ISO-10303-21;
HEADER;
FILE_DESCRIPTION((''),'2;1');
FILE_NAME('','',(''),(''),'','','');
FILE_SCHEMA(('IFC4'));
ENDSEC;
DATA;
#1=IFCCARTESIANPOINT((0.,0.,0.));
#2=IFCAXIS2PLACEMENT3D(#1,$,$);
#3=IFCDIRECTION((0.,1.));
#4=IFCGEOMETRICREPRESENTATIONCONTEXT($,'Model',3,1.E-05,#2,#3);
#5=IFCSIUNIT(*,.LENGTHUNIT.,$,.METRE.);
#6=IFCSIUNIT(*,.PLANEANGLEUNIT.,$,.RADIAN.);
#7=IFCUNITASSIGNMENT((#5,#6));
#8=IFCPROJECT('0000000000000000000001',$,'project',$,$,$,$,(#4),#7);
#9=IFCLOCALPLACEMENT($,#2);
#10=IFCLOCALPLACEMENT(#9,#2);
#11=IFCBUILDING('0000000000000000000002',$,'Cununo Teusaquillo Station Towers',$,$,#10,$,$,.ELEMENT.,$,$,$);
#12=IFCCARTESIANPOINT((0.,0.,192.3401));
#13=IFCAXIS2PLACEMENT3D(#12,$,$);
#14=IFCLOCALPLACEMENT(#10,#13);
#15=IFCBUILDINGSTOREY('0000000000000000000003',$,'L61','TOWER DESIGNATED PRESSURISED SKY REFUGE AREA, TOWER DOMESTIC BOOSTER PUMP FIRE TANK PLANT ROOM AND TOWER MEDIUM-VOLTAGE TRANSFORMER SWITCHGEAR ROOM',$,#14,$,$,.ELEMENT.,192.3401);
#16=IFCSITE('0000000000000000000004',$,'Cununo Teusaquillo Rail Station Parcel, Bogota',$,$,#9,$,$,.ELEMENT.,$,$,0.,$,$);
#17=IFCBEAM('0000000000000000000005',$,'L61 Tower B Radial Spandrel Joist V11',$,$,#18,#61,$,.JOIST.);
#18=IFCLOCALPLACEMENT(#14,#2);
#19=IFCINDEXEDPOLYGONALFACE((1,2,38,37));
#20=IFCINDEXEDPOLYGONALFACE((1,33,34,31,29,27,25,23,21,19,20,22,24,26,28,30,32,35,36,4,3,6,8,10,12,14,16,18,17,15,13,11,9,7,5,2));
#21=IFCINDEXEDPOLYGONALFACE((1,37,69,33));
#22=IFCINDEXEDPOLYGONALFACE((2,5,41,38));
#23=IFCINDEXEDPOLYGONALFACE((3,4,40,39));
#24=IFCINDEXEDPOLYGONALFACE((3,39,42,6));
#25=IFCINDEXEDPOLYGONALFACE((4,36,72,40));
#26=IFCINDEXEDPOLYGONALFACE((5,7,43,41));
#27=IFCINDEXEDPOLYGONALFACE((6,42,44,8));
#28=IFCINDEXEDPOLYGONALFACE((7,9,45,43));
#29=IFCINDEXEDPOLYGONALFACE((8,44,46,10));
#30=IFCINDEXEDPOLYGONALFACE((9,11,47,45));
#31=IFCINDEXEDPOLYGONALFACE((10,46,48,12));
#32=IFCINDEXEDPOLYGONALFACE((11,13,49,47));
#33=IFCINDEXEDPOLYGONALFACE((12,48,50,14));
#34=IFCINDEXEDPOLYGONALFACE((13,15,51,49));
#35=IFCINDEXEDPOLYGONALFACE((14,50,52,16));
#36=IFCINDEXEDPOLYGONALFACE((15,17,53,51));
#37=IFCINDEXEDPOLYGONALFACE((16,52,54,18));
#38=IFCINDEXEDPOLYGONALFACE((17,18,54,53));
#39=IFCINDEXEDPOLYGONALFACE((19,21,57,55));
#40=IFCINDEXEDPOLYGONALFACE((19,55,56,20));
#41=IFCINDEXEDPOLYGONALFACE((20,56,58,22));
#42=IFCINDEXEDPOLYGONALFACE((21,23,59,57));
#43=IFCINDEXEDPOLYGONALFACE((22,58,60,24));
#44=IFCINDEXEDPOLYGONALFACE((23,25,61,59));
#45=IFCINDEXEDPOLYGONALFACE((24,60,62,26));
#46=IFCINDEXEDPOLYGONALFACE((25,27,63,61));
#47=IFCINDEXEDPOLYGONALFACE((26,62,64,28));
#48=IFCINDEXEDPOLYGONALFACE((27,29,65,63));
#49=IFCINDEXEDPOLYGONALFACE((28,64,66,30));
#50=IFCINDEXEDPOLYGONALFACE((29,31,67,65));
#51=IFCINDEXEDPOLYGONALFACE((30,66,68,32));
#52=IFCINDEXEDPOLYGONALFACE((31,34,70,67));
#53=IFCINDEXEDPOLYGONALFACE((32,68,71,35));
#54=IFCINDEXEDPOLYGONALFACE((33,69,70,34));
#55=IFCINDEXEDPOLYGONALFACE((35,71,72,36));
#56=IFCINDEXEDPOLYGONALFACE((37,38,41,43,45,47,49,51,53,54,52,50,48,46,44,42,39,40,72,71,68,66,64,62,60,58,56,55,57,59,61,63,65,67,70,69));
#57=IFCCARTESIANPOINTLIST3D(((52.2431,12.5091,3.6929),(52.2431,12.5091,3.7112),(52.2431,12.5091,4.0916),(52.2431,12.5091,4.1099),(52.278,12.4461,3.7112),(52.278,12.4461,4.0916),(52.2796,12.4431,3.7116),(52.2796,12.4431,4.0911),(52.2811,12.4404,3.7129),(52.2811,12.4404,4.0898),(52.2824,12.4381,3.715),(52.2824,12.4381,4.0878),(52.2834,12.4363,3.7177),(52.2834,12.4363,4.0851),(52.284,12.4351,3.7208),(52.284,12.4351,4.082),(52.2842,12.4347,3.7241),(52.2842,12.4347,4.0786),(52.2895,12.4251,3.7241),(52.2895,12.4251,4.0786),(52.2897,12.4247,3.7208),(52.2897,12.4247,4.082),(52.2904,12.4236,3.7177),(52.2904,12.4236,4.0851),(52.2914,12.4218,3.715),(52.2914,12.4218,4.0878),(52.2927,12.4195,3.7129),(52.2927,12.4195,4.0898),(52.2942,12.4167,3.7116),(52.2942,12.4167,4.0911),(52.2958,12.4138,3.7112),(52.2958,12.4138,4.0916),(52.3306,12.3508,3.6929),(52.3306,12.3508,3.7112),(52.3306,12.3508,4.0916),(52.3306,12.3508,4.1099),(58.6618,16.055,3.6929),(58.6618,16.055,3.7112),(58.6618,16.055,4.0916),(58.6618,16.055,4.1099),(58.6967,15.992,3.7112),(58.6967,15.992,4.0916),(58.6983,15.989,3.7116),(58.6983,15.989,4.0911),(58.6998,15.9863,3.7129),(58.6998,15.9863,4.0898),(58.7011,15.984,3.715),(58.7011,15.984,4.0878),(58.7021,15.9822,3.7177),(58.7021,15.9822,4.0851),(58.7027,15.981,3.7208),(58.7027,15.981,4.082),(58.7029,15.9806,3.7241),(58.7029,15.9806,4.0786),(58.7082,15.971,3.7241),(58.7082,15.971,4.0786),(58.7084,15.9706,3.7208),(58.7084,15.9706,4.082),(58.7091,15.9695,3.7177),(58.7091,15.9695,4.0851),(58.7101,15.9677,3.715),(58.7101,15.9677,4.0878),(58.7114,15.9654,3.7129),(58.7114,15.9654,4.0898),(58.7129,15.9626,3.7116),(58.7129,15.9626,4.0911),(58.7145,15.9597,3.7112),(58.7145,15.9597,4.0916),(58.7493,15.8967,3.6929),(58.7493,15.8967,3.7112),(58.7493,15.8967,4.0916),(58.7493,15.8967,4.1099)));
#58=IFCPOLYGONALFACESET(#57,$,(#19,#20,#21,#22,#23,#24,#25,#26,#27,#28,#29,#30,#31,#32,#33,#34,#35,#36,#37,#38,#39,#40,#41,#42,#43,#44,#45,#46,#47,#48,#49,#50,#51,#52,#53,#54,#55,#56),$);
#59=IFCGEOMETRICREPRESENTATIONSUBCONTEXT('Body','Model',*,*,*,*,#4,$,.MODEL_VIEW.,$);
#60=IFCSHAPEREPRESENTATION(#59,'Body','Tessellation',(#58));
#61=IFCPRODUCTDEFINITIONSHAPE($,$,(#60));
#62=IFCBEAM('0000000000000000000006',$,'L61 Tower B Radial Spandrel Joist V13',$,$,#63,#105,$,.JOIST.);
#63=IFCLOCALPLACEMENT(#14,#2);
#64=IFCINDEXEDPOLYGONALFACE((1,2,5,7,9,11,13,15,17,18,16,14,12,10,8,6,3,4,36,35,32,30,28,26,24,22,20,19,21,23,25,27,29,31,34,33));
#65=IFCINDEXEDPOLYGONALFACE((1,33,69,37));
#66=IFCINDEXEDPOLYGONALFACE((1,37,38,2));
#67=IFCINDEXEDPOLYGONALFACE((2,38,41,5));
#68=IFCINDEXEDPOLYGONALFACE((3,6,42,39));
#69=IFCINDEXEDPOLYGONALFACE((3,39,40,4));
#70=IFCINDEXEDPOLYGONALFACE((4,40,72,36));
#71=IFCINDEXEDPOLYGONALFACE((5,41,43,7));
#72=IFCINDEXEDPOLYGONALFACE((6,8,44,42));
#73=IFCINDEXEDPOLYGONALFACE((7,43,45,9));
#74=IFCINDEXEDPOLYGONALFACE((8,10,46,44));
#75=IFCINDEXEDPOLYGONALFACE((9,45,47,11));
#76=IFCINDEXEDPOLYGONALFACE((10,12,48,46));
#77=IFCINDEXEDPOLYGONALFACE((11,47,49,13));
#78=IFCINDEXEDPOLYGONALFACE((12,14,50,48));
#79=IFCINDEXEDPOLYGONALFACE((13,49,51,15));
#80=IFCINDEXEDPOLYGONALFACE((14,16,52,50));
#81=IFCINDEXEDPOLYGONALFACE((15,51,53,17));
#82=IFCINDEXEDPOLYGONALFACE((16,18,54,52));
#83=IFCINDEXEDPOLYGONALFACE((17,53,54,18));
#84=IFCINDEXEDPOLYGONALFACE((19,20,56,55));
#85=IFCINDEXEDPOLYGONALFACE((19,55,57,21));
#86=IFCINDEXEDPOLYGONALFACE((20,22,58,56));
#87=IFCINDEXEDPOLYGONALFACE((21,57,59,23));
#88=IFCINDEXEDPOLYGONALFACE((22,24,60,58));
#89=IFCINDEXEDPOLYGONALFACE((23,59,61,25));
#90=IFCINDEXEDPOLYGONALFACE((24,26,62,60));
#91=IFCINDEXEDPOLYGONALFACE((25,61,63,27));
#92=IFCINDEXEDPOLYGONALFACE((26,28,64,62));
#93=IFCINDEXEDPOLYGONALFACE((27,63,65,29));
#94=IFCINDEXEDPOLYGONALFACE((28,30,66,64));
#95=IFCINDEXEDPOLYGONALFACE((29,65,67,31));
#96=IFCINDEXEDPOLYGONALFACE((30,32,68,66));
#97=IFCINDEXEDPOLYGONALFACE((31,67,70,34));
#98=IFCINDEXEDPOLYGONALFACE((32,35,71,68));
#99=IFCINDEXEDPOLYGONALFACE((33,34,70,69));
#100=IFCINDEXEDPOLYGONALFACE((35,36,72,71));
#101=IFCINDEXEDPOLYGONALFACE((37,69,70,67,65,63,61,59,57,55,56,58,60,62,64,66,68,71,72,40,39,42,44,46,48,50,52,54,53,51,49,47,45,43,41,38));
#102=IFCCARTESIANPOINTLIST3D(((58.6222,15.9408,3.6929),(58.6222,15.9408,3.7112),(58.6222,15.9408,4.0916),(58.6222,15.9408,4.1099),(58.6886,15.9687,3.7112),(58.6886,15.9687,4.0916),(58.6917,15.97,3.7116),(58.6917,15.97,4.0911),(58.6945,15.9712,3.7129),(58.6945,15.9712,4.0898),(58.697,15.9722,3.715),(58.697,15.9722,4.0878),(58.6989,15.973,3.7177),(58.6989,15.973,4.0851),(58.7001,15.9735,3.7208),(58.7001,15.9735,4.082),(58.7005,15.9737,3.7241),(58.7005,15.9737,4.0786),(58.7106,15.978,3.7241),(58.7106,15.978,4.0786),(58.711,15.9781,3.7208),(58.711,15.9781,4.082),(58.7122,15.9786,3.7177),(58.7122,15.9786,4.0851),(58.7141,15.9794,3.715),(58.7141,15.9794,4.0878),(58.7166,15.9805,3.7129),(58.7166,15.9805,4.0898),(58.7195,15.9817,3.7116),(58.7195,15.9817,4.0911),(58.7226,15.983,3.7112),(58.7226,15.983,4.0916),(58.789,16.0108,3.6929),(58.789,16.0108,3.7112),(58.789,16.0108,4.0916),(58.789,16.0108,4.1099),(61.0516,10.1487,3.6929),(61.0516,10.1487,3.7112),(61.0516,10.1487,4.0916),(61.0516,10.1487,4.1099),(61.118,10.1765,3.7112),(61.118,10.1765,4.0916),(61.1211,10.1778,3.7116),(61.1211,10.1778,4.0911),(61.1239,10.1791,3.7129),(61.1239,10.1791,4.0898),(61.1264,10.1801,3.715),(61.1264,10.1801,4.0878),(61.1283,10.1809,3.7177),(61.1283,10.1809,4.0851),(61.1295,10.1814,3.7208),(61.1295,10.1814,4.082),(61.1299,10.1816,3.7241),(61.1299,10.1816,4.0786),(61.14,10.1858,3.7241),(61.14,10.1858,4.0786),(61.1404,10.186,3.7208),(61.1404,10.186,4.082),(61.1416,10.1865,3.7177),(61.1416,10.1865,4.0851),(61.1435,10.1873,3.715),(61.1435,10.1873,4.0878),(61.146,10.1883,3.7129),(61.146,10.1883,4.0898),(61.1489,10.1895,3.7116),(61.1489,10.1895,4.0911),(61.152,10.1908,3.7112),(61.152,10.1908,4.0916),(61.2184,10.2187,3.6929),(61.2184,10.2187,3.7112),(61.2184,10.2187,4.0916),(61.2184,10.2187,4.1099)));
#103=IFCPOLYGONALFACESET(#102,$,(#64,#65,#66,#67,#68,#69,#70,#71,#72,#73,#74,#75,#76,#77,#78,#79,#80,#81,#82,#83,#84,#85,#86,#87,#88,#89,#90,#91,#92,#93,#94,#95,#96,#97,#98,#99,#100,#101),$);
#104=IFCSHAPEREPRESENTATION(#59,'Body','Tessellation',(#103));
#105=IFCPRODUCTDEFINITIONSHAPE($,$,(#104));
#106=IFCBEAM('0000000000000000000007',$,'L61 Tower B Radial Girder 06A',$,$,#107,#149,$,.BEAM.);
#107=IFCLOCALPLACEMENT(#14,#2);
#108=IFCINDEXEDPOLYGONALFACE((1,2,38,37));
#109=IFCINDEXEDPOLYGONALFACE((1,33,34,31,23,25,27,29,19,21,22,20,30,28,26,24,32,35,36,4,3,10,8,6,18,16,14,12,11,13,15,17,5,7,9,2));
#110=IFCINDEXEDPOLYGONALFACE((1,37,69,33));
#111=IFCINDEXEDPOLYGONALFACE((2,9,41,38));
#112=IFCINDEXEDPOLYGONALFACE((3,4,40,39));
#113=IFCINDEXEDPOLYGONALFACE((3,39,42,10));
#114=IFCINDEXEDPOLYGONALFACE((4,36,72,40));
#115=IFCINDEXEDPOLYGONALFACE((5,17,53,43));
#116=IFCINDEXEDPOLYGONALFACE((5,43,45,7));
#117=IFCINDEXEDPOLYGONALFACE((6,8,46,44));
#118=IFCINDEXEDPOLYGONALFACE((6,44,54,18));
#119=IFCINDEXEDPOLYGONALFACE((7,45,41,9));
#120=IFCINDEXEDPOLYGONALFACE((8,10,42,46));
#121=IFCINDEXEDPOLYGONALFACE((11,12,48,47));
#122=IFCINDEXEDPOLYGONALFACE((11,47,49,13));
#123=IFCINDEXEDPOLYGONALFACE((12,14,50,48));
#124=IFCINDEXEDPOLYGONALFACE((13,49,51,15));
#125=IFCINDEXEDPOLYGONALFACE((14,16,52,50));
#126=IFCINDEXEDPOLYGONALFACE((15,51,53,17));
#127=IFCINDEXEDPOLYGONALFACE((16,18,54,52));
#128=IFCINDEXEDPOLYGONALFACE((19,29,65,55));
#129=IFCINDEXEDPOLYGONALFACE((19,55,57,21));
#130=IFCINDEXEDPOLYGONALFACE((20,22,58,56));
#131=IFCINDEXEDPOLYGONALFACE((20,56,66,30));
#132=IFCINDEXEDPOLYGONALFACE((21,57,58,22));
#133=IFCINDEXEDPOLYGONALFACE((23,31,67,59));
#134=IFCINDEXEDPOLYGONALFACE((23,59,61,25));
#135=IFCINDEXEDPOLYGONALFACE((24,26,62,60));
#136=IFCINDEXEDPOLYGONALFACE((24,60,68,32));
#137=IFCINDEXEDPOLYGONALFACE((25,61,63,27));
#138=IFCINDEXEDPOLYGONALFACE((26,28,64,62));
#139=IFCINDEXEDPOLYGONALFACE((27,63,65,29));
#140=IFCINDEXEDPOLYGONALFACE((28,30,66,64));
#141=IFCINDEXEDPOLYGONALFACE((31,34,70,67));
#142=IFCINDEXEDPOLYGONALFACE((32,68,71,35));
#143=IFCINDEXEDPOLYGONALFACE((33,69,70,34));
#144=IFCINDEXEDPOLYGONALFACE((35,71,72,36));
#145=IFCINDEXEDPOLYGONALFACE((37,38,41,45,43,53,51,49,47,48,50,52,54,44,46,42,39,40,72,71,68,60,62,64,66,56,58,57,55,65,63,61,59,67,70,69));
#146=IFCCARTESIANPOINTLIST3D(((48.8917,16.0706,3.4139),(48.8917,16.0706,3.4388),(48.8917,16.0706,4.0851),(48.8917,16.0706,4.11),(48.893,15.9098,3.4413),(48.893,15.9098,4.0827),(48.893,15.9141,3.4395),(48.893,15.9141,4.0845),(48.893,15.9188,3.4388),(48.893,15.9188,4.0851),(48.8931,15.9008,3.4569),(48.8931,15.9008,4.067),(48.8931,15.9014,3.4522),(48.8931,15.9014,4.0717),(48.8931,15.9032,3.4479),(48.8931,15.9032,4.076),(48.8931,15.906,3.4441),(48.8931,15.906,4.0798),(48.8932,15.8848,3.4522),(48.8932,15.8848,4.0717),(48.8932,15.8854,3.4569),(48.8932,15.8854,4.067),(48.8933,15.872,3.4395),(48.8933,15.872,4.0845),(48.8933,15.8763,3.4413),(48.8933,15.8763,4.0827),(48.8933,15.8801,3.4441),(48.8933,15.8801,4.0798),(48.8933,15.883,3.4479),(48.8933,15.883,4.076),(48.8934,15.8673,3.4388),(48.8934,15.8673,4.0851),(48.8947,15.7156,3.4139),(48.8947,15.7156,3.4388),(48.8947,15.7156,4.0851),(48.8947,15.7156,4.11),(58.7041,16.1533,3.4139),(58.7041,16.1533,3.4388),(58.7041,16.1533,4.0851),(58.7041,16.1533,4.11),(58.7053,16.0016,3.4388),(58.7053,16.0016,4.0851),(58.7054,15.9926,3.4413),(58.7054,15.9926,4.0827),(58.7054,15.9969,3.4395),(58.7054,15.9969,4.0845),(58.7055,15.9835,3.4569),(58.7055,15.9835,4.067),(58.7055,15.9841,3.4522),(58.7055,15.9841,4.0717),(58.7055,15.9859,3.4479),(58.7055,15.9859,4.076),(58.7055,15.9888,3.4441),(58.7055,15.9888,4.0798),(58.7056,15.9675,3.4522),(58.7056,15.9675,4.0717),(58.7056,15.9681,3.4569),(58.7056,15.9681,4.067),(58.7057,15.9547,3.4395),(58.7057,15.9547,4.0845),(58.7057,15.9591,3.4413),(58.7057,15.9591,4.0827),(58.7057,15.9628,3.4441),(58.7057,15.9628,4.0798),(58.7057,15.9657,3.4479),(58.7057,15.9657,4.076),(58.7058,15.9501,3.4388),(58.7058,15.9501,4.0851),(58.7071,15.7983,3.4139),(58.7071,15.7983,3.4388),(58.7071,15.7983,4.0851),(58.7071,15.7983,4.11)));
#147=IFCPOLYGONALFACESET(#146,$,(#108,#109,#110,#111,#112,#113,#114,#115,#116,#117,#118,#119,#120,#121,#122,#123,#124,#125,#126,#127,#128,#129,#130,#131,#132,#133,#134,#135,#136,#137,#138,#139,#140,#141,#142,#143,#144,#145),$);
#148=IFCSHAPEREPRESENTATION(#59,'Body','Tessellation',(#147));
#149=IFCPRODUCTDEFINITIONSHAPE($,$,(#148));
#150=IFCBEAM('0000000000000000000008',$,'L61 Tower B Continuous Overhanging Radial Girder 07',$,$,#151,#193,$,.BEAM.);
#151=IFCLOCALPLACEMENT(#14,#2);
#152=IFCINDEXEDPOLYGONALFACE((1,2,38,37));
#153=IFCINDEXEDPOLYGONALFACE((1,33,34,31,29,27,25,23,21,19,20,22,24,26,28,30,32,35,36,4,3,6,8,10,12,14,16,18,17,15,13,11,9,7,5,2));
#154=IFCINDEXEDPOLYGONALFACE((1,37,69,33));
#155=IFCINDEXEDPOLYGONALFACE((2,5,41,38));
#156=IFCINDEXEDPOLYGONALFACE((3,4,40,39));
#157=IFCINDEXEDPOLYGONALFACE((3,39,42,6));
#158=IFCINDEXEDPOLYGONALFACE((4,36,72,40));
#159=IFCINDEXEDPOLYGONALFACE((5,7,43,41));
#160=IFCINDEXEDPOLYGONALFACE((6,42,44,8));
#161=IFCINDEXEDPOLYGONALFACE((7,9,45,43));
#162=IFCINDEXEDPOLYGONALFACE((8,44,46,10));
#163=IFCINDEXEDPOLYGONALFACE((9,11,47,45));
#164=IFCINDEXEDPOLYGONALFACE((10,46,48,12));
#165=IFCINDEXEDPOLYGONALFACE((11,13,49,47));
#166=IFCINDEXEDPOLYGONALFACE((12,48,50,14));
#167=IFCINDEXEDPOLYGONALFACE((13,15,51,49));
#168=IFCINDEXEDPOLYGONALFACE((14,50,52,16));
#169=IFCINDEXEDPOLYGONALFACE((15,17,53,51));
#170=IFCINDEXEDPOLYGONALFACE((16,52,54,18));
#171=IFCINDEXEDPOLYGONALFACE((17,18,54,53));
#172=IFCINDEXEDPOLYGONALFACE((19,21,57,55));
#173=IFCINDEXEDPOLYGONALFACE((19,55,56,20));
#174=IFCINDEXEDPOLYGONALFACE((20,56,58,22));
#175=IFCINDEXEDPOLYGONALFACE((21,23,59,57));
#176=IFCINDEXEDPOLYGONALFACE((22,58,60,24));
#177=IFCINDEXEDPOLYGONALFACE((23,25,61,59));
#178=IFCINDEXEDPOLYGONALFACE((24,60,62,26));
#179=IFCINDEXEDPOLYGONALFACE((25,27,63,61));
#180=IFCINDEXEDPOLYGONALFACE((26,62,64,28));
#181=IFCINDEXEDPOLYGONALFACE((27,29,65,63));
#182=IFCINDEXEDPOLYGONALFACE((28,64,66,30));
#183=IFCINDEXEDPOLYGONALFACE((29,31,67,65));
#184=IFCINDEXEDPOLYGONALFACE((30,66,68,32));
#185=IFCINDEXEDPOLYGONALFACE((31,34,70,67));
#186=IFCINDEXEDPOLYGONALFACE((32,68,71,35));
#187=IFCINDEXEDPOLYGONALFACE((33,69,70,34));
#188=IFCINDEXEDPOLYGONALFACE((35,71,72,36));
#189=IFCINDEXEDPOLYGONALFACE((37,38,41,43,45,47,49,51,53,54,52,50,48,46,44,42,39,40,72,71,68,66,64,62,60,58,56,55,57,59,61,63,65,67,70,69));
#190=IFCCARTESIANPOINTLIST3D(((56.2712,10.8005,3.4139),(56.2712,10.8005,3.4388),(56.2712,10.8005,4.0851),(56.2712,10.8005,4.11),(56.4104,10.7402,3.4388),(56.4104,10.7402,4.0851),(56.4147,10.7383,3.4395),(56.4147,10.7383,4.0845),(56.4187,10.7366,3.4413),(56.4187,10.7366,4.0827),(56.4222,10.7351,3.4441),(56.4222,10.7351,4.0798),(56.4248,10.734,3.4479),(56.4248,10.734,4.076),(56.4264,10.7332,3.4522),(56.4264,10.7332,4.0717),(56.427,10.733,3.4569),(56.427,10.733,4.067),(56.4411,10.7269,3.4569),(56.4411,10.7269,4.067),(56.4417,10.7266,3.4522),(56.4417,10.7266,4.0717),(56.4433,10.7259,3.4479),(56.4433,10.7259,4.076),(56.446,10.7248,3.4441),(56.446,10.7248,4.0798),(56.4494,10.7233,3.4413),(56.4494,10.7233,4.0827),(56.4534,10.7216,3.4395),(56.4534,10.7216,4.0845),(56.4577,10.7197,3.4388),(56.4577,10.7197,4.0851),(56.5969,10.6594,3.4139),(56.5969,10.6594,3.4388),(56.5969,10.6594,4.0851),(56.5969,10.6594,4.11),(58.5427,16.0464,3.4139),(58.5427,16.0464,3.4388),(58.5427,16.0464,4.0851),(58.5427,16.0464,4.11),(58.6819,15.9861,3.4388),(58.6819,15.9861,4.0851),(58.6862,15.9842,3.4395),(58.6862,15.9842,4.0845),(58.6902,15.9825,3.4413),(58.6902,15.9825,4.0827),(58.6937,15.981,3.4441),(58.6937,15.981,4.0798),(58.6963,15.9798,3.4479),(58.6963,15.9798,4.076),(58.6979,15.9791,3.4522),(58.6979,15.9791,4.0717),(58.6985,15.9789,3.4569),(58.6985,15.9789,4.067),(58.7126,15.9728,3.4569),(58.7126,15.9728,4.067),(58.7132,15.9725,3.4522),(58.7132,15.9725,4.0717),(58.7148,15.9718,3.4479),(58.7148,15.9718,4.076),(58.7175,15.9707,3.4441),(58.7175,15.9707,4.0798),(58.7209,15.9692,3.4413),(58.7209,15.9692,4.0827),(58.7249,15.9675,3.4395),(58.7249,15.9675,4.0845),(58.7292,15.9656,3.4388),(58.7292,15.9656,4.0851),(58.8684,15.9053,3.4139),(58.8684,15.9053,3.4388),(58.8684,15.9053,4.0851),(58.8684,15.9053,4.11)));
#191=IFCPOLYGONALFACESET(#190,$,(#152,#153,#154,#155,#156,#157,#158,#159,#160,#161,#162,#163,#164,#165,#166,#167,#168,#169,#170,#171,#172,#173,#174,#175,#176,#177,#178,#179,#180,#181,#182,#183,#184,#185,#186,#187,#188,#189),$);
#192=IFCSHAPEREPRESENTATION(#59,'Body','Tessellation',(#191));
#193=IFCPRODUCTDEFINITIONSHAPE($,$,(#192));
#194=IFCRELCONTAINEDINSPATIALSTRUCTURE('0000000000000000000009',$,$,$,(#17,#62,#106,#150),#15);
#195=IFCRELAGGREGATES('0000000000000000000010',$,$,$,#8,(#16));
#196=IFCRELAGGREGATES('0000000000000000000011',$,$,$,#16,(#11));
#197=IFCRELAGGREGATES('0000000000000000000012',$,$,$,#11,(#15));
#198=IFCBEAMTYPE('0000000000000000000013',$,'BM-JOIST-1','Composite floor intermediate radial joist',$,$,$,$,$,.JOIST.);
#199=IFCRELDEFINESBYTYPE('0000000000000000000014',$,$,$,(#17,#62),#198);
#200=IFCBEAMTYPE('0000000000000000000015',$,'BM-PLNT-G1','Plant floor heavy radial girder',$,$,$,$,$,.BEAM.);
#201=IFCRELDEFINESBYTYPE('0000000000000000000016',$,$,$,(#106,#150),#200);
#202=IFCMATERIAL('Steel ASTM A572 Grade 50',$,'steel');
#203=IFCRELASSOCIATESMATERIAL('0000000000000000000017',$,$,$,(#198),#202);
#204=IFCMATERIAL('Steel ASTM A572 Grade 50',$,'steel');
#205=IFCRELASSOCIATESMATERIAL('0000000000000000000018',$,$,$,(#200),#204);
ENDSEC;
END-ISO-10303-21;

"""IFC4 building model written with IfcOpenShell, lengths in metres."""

from ifc_helpers import new_model, si_unit, direction, frame, origin, origin_2d, place, context, subcontext, project, spatial, i_section, extrude, material, material_profile, profile_set, type_object, element, save


model = new_model("IFC4")

# Units and contexts
model_context = context("Model", 3, precision=1e-05, world=origin(), true_north=direction((0.0, 1.0)))
body_context = subcontext(model_context, "Body", "Model", "MODEL_VIEW")
ifc_project = project(units=[si_unit("LENGTHUNIT", "METRE"), si_unit("PLANEANGLEUNIT", "RADIAN")], contexts=[model_context])

# Site, building, storey
site_placement = place(None, origin())
site = spatial("IfcSite", under=ifc_project, at=site_placement, Name="Cununo Teusaquillo Rail Station Parcel, Bogota", CompositionType="ELEMENT", RefElevation=0.0)
building_placement = place(site_placement, origin())
building = spatial("IfcBuilding", under=site, at=building_placement, Name="Cununo Teusaquillo Station Towers", CompositionType="ELEMENT")
storey_placement = place(building_placement, frame((0.0, 0.0, 192.3401)))
storey = spatial("IfcBuildingStorey", under=building, at=storey_placement, Name="L61", Description="TOWER DESIGNATED PRESSURISED SKY REFUGE AREA, TOWER DOMESTIC BOOSTER PUMP FIRE TANK PLANT ROOM AND TOWER MEDIUM-VOLTAGE TRANSFORMER SWITCHGEAR ROOM", CompositionType="ELEMENT", Elevation=192.3401)

# Beams
ifc_material_1 = material(Name="Steel ASTM A572 Grade 50", Category="steel")
ifc_material_profile_1 = material_profile(ifc_material_1, i_section(OverallWidth=0.1809, OverallDepth=0.417, WebThickness=0.011, FlangeThickness=0.0183, FilletRadius=0.0129, at=origin_2d()), Name="W16X57")
ifc_profile_set_1 = profile_set([ifc_material_profile_1], Name="Steel ASTM A572 Grade 50")
beam_type_1 = type_object("IfcBeamType", Name="BM-JOIST-1", Description="Composite floor intermediate radial joist", PredefinedType="JOIST", material=ifc_profile_set_1)
beam_1_placement = place(storey_placement, frame((58.7056, 15.9758, 3.9014), z_axis=(-0.875315, -0.483553, 0.0), x_axis=(0.483553, -0.875315, 0.0)))
element("IfcBeam", 1, at=beam_1_placement, inside=storey, type_object=beam_type_1, Name="L61 Tower B Radial Spandrel Joist V11", PredefinedType="JOIST", context=body_context, shape_type="SweptSolid", body=[
    extrude(i_section(OverallWidth=0.1809, OverallDepth=0.417, WebThickness=0.011, FlangeThickness=0.0183, FilletRadius=0.0129, at=origin_2d()), origin(), (0.0, 0.0, 1.0), 7.333),
])
beam_2_placement = place(storey_placement, frame((58.7056, 15.9758, 3.9014), z_axis=(0.386786, -0.922169, 0.0), x_axis=(0.922169, 0.386786, 0.0)))
element("IfcBeam", 2, at=beam_2_placement, inside=storey, type_object=beam_type_1, Name="L61 Tower B Radial Spandrel Joist V13", PredefinedType="JOIST", context=body_context, shape_type="SweptSolid", body=[
    extrude(i_section(OverallWidth=0.1809, OverallDepth=0.417, WebThickness=0.011, FlangeThickness=0.0183, FilletRadius=0.0129, at=origin_2d()), origin(), (0.0, 0.0, 1.0), 6.281),
])
ifc_material_2 = material(Name="Steel ASTM A572 Grade 50", Category="steel")
ifc_material_profile_2 = material_profile(ifc_material_2, i_section(OverallWidth=0.355, OverallDepth=0.696, WebThickness=0.0154, FlangeThickness=0.0249, FilletRadius=0.0181, at=origin_2d()), Name="W27X146")
ifc_profile_set_2 = profile_set([ifc_material_profile_2], Name="Steel ASTM A572 Grade 50")
beam_type_2 = type_object("IfcBeamType", Name="BM-PLNT-G1", Description="Plant floor heavy radial girder", PredefinedType="BEAM", material=ifc_profile_set_2)
beam_3_placement = place(storey_placement, frame((58.7056, 15.9758, 3.762), z_axis=(-0.999964, -0.008434, 0.0), x_axis=(0.008434, -0.999964, 0.0)))
element("IfcBeam", 3, at=beam_3_placement, inside=storey, type_object=beam_type_2, Name="L61 Tower B Radial Girder 06A", PredefinedType="BEAM", context=body_context, shape_type="SweptSolid", body=[
    extrude(i_section(OverallWidth=0.355, OverallDepth=0.696, WebThickness=0.0154, FlangeThickness=0.0249, FilletRadius=0.0181, at=origin_2d()), origin(), (0.0, 0.0, 1.0), 9.8127),
])
beam_4_placement = place(storey_placement, frame((58.7056, 15.9758, 3.762), z_axis=(-0.397355, -0.917665, 0.0), x_axis=(0.917665, -0.397355, 0.0)))
element("IfcBeam", 4, at=beam_4_placement, inside=storey, type_object=beam_type_2, Name="L61 Tower B Continuous Overhanging Radial Girder 07", PredefinedType="BEAM", context=body_context, shape_type="SweptSolid", body=[
    extrude(i_section(OverallWidth=0.355, OverallDepth=0.696, WebThickness=0.0154, FlangeThickness=0.0249, FilletRadius=0.0181, at=origin_2d()), origin(), (0.0, 0.0, 1.0), 5.7166),
])

save(model, "model.ifc")
